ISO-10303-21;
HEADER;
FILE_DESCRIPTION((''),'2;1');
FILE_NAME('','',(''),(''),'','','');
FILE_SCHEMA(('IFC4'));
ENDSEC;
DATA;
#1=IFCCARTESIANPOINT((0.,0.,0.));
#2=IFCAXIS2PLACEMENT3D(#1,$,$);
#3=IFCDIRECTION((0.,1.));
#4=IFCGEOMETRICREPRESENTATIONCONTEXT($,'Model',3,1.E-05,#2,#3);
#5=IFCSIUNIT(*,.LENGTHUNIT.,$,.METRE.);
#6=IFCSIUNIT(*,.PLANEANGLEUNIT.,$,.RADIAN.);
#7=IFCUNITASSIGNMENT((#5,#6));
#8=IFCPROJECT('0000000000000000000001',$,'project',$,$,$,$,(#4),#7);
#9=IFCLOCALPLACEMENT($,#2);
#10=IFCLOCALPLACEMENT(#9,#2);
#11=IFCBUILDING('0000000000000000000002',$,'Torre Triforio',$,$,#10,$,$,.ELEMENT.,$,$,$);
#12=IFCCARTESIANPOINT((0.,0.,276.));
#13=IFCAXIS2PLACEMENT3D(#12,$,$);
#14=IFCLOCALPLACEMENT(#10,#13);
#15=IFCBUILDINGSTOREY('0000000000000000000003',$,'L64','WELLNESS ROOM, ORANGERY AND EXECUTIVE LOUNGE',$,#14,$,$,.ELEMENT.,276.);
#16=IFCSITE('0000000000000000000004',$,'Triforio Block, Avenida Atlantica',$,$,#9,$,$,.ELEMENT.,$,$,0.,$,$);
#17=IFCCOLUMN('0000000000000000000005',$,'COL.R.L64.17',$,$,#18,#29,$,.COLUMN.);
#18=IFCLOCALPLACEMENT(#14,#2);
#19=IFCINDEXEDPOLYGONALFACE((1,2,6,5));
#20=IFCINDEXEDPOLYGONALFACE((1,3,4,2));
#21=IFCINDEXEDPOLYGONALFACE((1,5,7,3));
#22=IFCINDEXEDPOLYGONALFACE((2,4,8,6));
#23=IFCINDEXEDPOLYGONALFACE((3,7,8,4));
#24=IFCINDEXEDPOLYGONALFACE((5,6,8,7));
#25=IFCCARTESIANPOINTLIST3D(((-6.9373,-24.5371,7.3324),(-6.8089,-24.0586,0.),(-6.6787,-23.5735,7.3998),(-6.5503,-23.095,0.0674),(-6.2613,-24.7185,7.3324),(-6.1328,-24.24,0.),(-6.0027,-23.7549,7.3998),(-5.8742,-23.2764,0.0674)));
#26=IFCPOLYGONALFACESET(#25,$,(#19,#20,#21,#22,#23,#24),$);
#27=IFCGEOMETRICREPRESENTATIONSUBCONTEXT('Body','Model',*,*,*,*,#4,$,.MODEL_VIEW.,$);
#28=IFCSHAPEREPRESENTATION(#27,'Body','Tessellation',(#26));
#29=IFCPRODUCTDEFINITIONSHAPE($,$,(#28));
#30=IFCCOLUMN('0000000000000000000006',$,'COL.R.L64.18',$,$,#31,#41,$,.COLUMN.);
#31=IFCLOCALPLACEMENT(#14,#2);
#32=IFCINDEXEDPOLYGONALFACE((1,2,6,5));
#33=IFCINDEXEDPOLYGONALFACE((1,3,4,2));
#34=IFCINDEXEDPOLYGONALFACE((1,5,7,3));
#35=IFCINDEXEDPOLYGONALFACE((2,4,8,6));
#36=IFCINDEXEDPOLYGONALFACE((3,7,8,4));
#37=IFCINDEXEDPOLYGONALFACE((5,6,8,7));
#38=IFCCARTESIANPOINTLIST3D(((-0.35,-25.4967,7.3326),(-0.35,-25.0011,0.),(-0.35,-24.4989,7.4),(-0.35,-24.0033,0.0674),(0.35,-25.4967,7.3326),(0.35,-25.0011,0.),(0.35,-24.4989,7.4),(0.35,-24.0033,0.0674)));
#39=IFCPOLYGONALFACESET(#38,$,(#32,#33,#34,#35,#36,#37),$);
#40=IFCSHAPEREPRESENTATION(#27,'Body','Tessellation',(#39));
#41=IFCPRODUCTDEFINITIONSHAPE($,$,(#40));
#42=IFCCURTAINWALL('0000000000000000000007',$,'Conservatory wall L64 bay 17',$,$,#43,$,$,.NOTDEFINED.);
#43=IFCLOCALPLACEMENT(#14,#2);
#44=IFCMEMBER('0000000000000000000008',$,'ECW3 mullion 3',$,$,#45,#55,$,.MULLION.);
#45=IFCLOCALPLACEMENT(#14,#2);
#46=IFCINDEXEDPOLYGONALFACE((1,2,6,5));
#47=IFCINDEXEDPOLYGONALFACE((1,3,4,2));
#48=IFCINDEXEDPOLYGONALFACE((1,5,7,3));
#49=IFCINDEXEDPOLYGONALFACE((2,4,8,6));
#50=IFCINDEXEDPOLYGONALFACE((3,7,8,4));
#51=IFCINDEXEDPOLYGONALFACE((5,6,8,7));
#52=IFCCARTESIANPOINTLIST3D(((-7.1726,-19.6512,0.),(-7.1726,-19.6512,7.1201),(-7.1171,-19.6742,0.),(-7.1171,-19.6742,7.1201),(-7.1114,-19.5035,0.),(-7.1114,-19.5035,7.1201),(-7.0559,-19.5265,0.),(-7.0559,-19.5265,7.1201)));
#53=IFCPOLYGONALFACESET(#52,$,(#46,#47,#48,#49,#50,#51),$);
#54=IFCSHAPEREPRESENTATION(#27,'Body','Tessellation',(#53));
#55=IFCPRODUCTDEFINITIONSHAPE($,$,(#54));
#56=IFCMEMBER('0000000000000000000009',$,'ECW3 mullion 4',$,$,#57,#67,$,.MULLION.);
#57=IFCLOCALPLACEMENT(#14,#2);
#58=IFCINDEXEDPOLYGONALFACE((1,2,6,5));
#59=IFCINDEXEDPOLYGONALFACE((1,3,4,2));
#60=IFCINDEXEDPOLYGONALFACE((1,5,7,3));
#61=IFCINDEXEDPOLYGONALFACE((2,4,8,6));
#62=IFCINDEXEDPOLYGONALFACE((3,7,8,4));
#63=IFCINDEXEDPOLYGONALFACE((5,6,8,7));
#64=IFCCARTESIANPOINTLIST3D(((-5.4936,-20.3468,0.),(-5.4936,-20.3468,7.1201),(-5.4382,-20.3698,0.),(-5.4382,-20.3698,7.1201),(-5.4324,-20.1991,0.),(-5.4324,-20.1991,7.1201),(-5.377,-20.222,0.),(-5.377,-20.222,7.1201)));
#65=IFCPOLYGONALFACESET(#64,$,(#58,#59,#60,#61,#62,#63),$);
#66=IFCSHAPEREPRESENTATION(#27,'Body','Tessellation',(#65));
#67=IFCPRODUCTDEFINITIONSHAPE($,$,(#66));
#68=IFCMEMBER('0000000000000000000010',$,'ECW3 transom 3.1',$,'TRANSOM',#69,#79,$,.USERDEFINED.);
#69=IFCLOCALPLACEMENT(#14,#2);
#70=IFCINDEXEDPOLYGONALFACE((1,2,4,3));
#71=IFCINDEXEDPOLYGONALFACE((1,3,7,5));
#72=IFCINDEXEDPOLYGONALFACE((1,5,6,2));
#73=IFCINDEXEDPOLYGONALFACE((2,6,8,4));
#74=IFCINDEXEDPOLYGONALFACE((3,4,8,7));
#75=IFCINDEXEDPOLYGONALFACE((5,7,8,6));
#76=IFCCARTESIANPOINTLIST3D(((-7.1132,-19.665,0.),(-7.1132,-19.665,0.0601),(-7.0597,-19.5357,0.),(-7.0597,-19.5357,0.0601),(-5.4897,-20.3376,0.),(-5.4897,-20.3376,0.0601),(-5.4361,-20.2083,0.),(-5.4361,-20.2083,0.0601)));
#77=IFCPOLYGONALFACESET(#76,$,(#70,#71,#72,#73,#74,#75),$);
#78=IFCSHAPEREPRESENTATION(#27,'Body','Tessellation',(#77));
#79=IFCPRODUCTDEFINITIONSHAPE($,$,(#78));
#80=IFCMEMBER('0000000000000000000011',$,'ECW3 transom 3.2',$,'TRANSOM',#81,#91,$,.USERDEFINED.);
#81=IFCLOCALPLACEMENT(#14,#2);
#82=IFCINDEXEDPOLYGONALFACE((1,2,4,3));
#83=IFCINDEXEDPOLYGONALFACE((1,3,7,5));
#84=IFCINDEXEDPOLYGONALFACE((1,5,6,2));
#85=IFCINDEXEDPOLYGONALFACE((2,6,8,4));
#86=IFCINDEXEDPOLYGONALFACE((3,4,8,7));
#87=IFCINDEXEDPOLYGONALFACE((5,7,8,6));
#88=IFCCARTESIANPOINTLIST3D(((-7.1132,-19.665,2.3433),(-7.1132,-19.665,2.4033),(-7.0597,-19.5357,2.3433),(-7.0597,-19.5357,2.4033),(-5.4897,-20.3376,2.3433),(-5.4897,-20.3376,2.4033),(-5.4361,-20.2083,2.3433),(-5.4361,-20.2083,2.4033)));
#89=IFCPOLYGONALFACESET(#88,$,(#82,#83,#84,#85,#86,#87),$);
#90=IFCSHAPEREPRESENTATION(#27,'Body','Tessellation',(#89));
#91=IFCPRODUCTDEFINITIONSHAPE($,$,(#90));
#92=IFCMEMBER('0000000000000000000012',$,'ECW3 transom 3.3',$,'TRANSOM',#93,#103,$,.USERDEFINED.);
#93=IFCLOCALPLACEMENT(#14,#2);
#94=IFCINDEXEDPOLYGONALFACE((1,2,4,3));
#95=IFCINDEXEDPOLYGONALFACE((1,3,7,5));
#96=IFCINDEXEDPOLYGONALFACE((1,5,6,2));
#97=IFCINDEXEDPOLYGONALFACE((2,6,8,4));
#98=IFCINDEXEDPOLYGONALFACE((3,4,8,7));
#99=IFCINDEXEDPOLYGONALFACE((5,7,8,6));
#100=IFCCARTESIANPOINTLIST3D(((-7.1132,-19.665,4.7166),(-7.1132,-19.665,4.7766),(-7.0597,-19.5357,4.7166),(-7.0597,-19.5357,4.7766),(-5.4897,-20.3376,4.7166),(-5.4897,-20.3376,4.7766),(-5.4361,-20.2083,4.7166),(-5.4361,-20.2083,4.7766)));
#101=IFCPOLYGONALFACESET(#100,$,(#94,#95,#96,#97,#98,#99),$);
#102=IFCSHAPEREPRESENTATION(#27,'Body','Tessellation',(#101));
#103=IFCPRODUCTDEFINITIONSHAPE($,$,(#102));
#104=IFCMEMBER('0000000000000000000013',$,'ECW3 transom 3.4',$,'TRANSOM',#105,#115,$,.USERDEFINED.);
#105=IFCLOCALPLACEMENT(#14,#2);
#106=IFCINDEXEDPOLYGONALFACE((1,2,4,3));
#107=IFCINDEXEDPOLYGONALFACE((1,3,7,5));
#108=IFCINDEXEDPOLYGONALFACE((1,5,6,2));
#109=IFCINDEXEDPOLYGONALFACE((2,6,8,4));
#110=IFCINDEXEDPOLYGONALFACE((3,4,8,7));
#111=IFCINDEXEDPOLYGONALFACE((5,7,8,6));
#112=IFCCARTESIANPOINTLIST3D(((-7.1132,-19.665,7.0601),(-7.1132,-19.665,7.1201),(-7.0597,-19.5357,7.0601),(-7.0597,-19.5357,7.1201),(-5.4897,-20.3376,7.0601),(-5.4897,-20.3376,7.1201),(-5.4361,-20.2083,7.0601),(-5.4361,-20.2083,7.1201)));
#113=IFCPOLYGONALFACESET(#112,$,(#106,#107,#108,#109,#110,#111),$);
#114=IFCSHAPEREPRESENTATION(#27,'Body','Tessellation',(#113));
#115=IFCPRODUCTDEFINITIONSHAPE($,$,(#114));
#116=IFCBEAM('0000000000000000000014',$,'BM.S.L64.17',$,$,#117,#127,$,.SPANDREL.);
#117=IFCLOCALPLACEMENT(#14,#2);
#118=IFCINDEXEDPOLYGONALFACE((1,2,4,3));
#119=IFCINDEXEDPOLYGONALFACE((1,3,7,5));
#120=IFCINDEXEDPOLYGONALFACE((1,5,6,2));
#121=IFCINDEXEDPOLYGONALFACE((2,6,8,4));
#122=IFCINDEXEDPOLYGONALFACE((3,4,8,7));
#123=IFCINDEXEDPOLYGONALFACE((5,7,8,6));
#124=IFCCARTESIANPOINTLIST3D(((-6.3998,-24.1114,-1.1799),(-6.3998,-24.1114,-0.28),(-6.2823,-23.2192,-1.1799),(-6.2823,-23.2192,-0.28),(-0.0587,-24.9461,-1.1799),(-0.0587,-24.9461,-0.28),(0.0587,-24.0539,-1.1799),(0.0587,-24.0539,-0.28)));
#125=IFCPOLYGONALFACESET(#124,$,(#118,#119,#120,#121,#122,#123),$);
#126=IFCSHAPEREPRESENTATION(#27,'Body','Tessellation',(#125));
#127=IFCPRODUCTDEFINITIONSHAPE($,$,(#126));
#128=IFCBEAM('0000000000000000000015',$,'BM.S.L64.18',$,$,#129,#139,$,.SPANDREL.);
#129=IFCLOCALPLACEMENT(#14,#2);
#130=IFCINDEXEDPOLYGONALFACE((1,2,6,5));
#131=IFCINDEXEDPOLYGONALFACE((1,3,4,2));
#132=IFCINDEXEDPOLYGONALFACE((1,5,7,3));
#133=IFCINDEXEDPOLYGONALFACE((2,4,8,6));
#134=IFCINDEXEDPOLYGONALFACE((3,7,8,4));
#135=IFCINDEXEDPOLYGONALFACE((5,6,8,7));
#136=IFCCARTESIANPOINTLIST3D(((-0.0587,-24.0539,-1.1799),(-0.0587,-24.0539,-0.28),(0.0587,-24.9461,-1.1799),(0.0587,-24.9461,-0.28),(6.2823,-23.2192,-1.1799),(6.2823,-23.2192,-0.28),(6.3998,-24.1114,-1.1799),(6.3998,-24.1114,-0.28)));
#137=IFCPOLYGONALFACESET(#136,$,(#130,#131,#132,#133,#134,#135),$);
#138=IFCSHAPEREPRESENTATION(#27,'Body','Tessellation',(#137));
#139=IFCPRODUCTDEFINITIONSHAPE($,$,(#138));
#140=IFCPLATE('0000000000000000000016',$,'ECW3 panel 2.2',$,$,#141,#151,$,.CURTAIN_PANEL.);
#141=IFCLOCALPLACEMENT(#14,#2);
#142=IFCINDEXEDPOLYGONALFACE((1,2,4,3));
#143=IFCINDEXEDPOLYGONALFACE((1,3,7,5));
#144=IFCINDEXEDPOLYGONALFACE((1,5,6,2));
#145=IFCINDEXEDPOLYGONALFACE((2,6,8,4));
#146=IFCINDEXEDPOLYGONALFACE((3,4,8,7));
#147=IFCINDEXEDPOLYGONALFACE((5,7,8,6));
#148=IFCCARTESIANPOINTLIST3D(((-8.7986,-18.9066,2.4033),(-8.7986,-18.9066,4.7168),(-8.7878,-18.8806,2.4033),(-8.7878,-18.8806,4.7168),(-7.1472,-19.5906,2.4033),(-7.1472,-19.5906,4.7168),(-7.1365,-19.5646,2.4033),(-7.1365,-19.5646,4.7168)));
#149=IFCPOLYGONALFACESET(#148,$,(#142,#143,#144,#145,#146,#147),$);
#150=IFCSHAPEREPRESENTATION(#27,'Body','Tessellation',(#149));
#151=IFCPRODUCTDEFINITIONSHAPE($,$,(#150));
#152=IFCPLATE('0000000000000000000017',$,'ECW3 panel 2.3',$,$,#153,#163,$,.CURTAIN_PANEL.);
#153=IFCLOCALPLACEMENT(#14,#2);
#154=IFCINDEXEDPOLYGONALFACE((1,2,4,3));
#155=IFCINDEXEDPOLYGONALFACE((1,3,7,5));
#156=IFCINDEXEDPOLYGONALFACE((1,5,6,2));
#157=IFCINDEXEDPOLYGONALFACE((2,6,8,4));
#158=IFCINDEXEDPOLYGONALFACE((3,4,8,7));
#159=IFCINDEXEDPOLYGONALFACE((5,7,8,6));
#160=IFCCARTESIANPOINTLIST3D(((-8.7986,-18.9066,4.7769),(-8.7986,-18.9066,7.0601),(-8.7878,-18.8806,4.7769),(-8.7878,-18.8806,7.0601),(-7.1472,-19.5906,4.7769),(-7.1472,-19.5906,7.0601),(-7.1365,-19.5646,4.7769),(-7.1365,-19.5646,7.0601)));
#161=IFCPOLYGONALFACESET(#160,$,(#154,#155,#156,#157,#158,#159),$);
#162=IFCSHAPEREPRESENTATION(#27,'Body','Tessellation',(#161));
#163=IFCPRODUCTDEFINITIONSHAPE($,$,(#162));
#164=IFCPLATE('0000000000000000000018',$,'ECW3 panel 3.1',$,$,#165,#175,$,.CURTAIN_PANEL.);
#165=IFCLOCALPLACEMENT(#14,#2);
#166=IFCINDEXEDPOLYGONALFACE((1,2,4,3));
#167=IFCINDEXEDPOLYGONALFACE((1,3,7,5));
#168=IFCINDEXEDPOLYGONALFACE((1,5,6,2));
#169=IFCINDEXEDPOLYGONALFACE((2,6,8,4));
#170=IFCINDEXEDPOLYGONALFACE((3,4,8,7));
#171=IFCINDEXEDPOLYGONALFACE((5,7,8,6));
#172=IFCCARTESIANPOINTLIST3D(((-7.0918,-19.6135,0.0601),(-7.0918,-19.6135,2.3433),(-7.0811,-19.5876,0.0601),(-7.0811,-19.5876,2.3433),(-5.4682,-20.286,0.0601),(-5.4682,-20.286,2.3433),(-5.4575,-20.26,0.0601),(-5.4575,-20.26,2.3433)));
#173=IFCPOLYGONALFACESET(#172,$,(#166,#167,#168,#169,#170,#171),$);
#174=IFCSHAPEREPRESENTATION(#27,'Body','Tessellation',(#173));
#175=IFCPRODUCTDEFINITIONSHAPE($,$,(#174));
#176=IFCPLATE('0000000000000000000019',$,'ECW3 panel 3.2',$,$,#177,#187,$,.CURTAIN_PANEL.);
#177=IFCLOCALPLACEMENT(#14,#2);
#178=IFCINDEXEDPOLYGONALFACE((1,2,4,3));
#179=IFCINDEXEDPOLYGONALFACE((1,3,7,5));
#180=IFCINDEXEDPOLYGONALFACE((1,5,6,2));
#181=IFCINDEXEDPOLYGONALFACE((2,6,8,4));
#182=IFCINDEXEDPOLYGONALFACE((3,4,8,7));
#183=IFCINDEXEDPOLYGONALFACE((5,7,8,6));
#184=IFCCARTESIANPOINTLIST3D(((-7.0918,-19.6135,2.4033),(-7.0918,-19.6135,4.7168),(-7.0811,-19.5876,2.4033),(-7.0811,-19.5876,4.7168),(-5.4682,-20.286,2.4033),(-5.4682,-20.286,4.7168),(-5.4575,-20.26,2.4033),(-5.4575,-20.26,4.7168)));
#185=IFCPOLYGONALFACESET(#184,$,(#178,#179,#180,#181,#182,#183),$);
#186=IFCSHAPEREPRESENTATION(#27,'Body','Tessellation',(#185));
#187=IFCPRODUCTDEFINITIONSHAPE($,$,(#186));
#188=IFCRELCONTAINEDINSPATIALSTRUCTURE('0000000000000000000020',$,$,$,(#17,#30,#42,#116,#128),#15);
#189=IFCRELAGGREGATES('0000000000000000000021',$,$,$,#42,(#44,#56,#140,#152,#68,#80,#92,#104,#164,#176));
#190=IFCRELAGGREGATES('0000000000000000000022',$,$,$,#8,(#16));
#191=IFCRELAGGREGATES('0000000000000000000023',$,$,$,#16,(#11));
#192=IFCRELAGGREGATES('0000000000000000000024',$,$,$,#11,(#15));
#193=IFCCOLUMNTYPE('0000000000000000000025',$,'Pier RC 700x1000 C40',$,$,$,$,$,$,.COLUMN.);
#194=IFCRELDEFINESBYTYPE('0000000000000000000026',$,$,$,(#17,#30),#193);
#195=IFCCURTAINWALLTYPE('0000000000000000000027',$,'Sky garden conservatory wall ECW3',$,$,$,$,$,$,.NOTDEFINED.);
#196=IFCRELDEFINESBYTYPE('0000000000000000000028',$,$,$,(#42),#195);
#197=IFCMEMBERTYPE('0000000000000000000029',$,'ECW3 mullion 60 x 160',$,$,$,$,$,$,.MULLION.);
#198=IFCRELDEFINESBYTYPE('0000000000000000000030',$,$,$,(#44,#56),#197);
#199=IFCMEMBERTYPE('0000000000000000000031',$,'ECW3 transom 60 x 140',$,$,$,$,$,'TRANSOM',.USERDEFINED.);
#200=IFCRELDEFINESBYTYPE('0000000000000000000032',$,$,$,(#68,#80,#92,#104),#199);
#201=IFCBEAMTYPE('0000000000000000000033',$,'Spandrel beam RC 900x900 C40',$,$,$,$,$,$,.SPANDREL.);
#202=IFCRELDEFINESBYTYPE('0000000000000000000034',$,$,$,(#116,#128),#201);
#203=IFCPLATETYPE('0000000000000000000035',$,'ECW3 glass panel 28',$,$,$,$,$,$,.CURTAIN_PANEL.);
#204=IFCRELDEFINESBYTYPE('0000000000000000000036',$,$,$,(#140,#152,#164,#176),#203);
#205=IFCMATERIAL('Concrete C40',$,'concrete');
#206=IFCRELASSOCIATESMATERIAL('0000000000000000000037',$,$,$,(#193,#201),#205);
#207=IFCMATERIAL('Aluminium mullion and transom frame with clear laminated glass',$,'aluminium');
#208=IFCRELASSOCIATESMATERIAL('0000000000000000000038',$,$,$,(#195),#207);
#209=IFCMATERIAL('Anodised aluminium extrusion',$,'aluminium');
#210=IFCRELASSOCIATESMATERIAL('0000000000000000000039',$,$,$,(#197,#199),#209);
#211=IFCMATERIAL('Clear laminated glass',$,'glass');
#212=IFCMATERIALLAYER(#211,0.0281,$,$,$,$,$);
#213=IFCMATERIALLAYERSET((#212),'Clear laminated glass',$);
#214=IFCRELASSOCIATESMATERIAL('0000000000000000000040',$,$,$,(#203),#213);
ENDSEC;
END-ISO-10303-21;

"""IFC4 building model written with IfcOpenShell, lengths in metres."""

from ifc_helpers import new_model, si_unit, direction, frame, origin, origin_2d, place, context, subcontext, project, spatial, rectangle, extrude, material, layer, layer_set, material_profile, profile_set, type_object, element, aggregate, save


model = new_model("IFC4")

# Units and contexts
model_context = context("Model", 3, precision=1e-05, world=origin(), true_north=direction((0.0, 1.0)))
body_context = subcontext(model_context, "Body", "Model", "MODEL_VIEW")
ifc_project = project(units=[si_unit("LENGTHUNIT", "METRE"), si_unit("PLANEANGLEUNIT", "RADIAN")], contexts=[model_context])

# Site, building, storey
site_placement = place(None, origin())
site = spatial("IfcSite", under=ifc_project, at=site_placement, Name="Triforio Block, Avenida Atlantica", CompositionType="ELEMENT", RefElevation=0.0)
building_placement = place(site_placement, origin())
building = spatial("IfcBuilding", under=site, at=building_placement, Name="Torre Triforio", CompositionType="ELEMENT")
storey_placement = place(building_placement, frame((0.0, 0.0, 276.0)))
storey = spatial("IfcBuildingStorey", under=building, at=storey_placement, Name="L64", Description="WELLNESS ROOM, ORANGERY AND EXECUTIVE LOUNGE", CompositionType="ELEMENT", Elevation=276.0)

# Columns
ifc_material_1 = material(Name="Concrete C40", Category="concrete")
ifc_material_profile_1 = material_profile(ifc_material_1, rectangle(XDim=0.7, YDim=1.0, at=origin_2d()), Name="RC 700x1000")
ifc_profile_set_1 = profile_set([ifc_material_profile_1], Name="Concrete C40")
column_type = type_object("IfcColumnType", Name="Pier RC 700x1000 C40", PredefinedType="COLUMN", material=ifc_profile_set_1)
column_1_placement = place(storey_placement, frame((-6.3416, -23.6675, 0.0337), z_axis=(-0.017474, -0.065111, 0.997725), x_axis=(0.965825, -0.259196, 0.0)))
element("IfcColumn", 1, at=column_1_placement, inside=storey, type_object=column_type, Name="COL.R.L64.17", PredefinedType="COLUMN", context=body_context, shape_type="SweptSolid", body=[
    extrude(rectangle(XDim=0.7, YDim=1.0, at=origin_2d()), origin(), (0.0, 0.0, 1.0), 7.3491),
])
column_2_placement = place(storey_placement, frame((0.0, -24.5022, 0.0337), z_axis=(0.0, -0.067436, 0.997724), x_axis=(1.0, 0.0, 0.0)))
element("IfcColumn", 2, at=column_2_placement, inside=storey, type_object=column_type, Name="COL.R.L64.18", PredefinedType="COLUMN", context=body_context, shape_type="SweptSolid", body=[
    extrude(rectangle(XDim=0.7, YDim=1.0, at=origin_2d()), origin(), (0.0, 0.0, 1.0), 7.3494),
])

# Curtain wall, members
ifc_material_2 = material(Name="Aluminium mullion and transom frame with clear laminated glass", Category="aluminium")
curtain_wall_type = type_object("IfcCurtainWallType", Name="Sky garden conservatory wall ECW3", PredefinedType="NOTDEFINED", material=ifc_material_2)
curtain_wall_placement = place(storey_placement, origin())
curtain_wall = element("IfcCurtainWall", 3, at=curtain_wall_placement, inside=storey, type_object=curtain_wall_type, Name="Conservatory wall L64 bay 17", PredefinedType="NOTDEFINED")
ifc_material_3 = material(Name="Anodised aluminium extrusion", Category="aluminium")
ifc_material_profile_2 = material_profile(ifc_material_3, rectangle(XDim=0.1599, YDim=0.0601, at=origin_2d()), Name="ECW3 MULLION 60x160")
ifc_profile_set_2 = profile_set([ifc_material_profile_2], Name="Anodised aluminium extrusion")
member_type_1 = type_object("IfcMemberType", Name="ECW3 mullion 60 x 160", PredefinedType="MULLION", material=ifc_profile_set_2)
member_1_placement = place(storey_placement, frame((-7.1143, -19.5889, 0.0), z_axis=(0.0, 0.0, 1.0), x_axis=(0.382675, 0.923883, 0.0)))
member_1 = element("IfcMember", 4, at=member_1_placement, type_object=member_type_1, Name="ECW3 mullion 3", PredefinedType="MULLION", context=body_context, shape_type="SweptSolid", body=[
    extrude(rectangle(XDim=0.1599, YDim=0.0601, at=origin_2d()), origin(), (0.0, 0.0, 1.0), 7.1201),
])
member_2_placement = place(storey_placement, frame((-5.4353, -20.2844, 0.0), z_axis=(0.0, 0.0, 1.0), x_axis=(0.382675, 0.923883, 0.0)))
member_2 = element("IfcMember", 5, at=member_2_placement, type_object=member_type_1, Name="ECW3 mullion 4", PredefinedType="MULLION", context=body_context, shape_type="SweptSolid", body=[
    extrude(rectangle(XDim=0.1599, YDim=0.0601, at=origin_2d()), origin(), (0.0, 0.0, 1.0), 7.1201),
])
ifc_material_profile_3 = material_profile(ifc_material_3, rectangle(XDim=0.1399, YDim=0.0601, at=origin_2d()), Name="ECW3 TRANSOM 60x140")
ifc_profile_set_3 = profile_set([ifc_material_profile_3], Name="Anodised aluminium extrusion")
member_type_2 = type_object("IfcMemberType", Name="ECW3 transom 60 x 140", ElementType="TRANSOM", PredefinedType="USERDEFINED", material=ifc_profile_set_3)
member_3_placement = place(storey_placement, frame((-7.0864, -19.6003, 0.03), z_axis=(0.923856, -0.38274, 0.0), x_axis=(0.38274, 0.923856, 0.0)))
member_3 = element("IfcMember", 6, at=member_3_placement, type_object=member_type_2, Name="ECW3 transom 3.1", ObjectType="TRANSOM", PredefinedType="USERDEFINED", context=body_context, shape_type="SweptSolid", body=[
    extrude(rectangle(XDim=0.1399, YDim=0.0601, at=origin_2d()), origin(), (0.0, 0.0, 1.0), 1.7573),
])
member_4_placement = place(storey_placement, frame((-7.0864, -19.6003, 2.3733), z_axis=(0.923856, -0.38274, 0.0), x_axis=(0.38274, 0.923856, 0.0)))
member_4 = element("IfcMember", 7, at=member_4_placement, type_object=member_type_2, Name="ECW3 transom 3.2", ObjectType="TRANSOM", PredefinedType="USERDEFINED", context=body_context, shape_type="SweptSolid", body=[
    extrude(rectangle(XDim=0.1399, YDim=0.0601, at=origin_2d()), origin(), (0.0, 0.0, 1.0), 1.7573),
])
member_5_placement = place(storey_placement, frame((-7.0864, -19.6003, 4.7466), z_axis=(0.923856, -0.38274, 0.0), x_axis=(0.38274, 0.923856, 0.0)))
member_5 = element("IfcMember", 8, at=member_5_placement, type_object=member_type_2, Name="ECW3 transom 3.3", ObjectType="TRANSOM", PredefinedType="USERDEFINED", context=body_context, shape_type="SweptSolid", body=[
    extrude(rectangle(XDim=0.1399, YDim=0.0601, at=origin_2d()), origin(), (0.0, 0.0, 1.0), 1.7573),
])
member_6_placement = place(storey_placement, frame((-7.0864, -19.6003, 7.0901), z_axis=(0.923856, -0.38274, 0.0), x_axis=(0.38274, 0.923856, 0.0)))
member_6 = element("IfcMember", 9, at=member_6_placement, type_object=member_type_2, Name="ECW3 transom 3.4", ObjectType="TRANSOM", PredefinedType="USERDEFINED", context=body_context, shape_type="SweptSolid", body=[
    extrude(rectangle(XDim=0.1399, YDim=0.0601, at=origin_2d()), origin(), (0.0, 0.0, 1.0), 1.7573),
])

# Beams
ifc_material_profile_4 = material_profile(ifc_material_1, rectangle(XDim=0.8999, YDim=0.8999, at=origin_2d()), Name="RC 900x900")
ifc_profile_set_4 = profile_set([ifc_material_profile_4], Name="Concrete C40")
beam_type = type_object("IfcBeamType", Name="Spandrel beam RC 900x900 C40", PredefinedType="SPANDREL", material=ifc_profile_set_4)
for number, where, z_axis, x_axis, name in (
    (10, (-6.3411, -23.6653, -0.73), (0.991447, -0.130511, 0.0), (0.130511, 0.991447, 0.0), "BM.S.L64.17"),
    (11, (0.0, -24.5, -0.73), (0.991447, 0.130511, 0.0), (-0.130511, 0.991447, 0.0), "BM.S.L64.18"),
):
    element("IfcBeam", number, at=place(storey_placement, frame(where, z_axis=z_axis, x_axis=x_axis)), inside=storey, type_object=beam_type, Name=name, PredefinedType="SPANDREL", context=body_context, shape_type="SweptSolid", body=[
        extrude(rectangle(XDim=0.8999, YDim=0.8999, at=origin_2d()), origin(), (0.0, 0.0, 1.0), 6.3958),
    ])

# Plates
ifc_material_4 = material(Name="Clear laminated glass", Category="glass")
ifc_layer_1 = layer(ifc_material_4, 0.0281)
ifc_layer_set_1 = layer_set([ifc_layer_1], Name="Clear laminated glass")
plate_type = type_object("IfcPlateType", Name="ECW3 glass panel 28", PredefinedType="CURTAIN_PANEL", material=ifc_layer_set_1)
plate_1_placement = place(storey_placement, frame((-7.9675, -19.2356, 2.4033), z_axis=(0.0, 0.0, 1.0), x_axis=(0.923883, -0.382675, 0.0)))
plate_1 = element("IfcPlate", 12, at=plate_1_placement, type_object=plate_type, Name="ECW3 panel 2.2", PredefinedType="CURTAIN_PANEL", context=body_context, shape_type="SweptSolid", body=[
    extrude(rectangle(XDim=1.7874, YDim=0.0281, at=origin_2d()), origin(), (0.0, 0.0, 1.0), 2.3135),
])
plate_2_placement = place(storey_placement, frame((-7.9675, -19.2356, 4.7769), z_axis=(0.0, 0.0, 1.0), x_axis=(0.923883, -0.382675, 0.0)))
plate_2 = element("IfcPlate", 13, at=plate_2_placement, type_object=plate_type, Name="ECW3 panel 2.3", PredefinedType="CURTAIN_PANEL", context=body_context, shape_type="SweptSolid", body=[
    extrude(rectangle(XDim=1.7874, YDim=0.0281, at=origin_2d()), origin(), (0.0, 0.0, 1.0), 2.2832),
])
plate_3_placement = place(storey_placement, frame((-6.2747, -19.9368, 0.0601), z_axis=(0.0, 0.0, 1.0), x_axis=(0.923883, -0.382675, 0.0)))
plate_3 = element("IfcPlate", 14, at=plate_3_placement, type_object=plate_type, Name="ECW3 panel 3.1", PredefinedType="CURTAIN_PANEL", context=body_context, shape_type="SweptSolid", body=[
    extrude(rectangle(XDim=1.7573, YDim=0.0281, at=origin_2d()), origin(), (0.0, 0.0, 1.0), 2.2832),
])
plate_4_placement = place(storey_placement, frame((-6.2747, -19.9368, 2.4033), z_axis=(0.0, 0.0, 1.0), x_axis=(0.923883, -0.382675, 0.0)))
plate_4 = element("IfcPlate", 15, at=plate_4_placement, type_object=plate_type, Name="ECW3 panel 3.2", PredefinedType="CURTAIN_PANEL", context=body_context, shape_type="SweptSolid", body=[
    extrude(rectangle(XDim=1.7573, YDim=0.0281, at=origin_2d()), origin(), (0.0, 0.0, 1.0), 2.3135),
])
aggregate(curtain_wall, [member_1, member_2, plate_1, plate_2, member_3, member_4, member_5, member_6, plate_3, plate_4])

save(model, "model.ifc")
